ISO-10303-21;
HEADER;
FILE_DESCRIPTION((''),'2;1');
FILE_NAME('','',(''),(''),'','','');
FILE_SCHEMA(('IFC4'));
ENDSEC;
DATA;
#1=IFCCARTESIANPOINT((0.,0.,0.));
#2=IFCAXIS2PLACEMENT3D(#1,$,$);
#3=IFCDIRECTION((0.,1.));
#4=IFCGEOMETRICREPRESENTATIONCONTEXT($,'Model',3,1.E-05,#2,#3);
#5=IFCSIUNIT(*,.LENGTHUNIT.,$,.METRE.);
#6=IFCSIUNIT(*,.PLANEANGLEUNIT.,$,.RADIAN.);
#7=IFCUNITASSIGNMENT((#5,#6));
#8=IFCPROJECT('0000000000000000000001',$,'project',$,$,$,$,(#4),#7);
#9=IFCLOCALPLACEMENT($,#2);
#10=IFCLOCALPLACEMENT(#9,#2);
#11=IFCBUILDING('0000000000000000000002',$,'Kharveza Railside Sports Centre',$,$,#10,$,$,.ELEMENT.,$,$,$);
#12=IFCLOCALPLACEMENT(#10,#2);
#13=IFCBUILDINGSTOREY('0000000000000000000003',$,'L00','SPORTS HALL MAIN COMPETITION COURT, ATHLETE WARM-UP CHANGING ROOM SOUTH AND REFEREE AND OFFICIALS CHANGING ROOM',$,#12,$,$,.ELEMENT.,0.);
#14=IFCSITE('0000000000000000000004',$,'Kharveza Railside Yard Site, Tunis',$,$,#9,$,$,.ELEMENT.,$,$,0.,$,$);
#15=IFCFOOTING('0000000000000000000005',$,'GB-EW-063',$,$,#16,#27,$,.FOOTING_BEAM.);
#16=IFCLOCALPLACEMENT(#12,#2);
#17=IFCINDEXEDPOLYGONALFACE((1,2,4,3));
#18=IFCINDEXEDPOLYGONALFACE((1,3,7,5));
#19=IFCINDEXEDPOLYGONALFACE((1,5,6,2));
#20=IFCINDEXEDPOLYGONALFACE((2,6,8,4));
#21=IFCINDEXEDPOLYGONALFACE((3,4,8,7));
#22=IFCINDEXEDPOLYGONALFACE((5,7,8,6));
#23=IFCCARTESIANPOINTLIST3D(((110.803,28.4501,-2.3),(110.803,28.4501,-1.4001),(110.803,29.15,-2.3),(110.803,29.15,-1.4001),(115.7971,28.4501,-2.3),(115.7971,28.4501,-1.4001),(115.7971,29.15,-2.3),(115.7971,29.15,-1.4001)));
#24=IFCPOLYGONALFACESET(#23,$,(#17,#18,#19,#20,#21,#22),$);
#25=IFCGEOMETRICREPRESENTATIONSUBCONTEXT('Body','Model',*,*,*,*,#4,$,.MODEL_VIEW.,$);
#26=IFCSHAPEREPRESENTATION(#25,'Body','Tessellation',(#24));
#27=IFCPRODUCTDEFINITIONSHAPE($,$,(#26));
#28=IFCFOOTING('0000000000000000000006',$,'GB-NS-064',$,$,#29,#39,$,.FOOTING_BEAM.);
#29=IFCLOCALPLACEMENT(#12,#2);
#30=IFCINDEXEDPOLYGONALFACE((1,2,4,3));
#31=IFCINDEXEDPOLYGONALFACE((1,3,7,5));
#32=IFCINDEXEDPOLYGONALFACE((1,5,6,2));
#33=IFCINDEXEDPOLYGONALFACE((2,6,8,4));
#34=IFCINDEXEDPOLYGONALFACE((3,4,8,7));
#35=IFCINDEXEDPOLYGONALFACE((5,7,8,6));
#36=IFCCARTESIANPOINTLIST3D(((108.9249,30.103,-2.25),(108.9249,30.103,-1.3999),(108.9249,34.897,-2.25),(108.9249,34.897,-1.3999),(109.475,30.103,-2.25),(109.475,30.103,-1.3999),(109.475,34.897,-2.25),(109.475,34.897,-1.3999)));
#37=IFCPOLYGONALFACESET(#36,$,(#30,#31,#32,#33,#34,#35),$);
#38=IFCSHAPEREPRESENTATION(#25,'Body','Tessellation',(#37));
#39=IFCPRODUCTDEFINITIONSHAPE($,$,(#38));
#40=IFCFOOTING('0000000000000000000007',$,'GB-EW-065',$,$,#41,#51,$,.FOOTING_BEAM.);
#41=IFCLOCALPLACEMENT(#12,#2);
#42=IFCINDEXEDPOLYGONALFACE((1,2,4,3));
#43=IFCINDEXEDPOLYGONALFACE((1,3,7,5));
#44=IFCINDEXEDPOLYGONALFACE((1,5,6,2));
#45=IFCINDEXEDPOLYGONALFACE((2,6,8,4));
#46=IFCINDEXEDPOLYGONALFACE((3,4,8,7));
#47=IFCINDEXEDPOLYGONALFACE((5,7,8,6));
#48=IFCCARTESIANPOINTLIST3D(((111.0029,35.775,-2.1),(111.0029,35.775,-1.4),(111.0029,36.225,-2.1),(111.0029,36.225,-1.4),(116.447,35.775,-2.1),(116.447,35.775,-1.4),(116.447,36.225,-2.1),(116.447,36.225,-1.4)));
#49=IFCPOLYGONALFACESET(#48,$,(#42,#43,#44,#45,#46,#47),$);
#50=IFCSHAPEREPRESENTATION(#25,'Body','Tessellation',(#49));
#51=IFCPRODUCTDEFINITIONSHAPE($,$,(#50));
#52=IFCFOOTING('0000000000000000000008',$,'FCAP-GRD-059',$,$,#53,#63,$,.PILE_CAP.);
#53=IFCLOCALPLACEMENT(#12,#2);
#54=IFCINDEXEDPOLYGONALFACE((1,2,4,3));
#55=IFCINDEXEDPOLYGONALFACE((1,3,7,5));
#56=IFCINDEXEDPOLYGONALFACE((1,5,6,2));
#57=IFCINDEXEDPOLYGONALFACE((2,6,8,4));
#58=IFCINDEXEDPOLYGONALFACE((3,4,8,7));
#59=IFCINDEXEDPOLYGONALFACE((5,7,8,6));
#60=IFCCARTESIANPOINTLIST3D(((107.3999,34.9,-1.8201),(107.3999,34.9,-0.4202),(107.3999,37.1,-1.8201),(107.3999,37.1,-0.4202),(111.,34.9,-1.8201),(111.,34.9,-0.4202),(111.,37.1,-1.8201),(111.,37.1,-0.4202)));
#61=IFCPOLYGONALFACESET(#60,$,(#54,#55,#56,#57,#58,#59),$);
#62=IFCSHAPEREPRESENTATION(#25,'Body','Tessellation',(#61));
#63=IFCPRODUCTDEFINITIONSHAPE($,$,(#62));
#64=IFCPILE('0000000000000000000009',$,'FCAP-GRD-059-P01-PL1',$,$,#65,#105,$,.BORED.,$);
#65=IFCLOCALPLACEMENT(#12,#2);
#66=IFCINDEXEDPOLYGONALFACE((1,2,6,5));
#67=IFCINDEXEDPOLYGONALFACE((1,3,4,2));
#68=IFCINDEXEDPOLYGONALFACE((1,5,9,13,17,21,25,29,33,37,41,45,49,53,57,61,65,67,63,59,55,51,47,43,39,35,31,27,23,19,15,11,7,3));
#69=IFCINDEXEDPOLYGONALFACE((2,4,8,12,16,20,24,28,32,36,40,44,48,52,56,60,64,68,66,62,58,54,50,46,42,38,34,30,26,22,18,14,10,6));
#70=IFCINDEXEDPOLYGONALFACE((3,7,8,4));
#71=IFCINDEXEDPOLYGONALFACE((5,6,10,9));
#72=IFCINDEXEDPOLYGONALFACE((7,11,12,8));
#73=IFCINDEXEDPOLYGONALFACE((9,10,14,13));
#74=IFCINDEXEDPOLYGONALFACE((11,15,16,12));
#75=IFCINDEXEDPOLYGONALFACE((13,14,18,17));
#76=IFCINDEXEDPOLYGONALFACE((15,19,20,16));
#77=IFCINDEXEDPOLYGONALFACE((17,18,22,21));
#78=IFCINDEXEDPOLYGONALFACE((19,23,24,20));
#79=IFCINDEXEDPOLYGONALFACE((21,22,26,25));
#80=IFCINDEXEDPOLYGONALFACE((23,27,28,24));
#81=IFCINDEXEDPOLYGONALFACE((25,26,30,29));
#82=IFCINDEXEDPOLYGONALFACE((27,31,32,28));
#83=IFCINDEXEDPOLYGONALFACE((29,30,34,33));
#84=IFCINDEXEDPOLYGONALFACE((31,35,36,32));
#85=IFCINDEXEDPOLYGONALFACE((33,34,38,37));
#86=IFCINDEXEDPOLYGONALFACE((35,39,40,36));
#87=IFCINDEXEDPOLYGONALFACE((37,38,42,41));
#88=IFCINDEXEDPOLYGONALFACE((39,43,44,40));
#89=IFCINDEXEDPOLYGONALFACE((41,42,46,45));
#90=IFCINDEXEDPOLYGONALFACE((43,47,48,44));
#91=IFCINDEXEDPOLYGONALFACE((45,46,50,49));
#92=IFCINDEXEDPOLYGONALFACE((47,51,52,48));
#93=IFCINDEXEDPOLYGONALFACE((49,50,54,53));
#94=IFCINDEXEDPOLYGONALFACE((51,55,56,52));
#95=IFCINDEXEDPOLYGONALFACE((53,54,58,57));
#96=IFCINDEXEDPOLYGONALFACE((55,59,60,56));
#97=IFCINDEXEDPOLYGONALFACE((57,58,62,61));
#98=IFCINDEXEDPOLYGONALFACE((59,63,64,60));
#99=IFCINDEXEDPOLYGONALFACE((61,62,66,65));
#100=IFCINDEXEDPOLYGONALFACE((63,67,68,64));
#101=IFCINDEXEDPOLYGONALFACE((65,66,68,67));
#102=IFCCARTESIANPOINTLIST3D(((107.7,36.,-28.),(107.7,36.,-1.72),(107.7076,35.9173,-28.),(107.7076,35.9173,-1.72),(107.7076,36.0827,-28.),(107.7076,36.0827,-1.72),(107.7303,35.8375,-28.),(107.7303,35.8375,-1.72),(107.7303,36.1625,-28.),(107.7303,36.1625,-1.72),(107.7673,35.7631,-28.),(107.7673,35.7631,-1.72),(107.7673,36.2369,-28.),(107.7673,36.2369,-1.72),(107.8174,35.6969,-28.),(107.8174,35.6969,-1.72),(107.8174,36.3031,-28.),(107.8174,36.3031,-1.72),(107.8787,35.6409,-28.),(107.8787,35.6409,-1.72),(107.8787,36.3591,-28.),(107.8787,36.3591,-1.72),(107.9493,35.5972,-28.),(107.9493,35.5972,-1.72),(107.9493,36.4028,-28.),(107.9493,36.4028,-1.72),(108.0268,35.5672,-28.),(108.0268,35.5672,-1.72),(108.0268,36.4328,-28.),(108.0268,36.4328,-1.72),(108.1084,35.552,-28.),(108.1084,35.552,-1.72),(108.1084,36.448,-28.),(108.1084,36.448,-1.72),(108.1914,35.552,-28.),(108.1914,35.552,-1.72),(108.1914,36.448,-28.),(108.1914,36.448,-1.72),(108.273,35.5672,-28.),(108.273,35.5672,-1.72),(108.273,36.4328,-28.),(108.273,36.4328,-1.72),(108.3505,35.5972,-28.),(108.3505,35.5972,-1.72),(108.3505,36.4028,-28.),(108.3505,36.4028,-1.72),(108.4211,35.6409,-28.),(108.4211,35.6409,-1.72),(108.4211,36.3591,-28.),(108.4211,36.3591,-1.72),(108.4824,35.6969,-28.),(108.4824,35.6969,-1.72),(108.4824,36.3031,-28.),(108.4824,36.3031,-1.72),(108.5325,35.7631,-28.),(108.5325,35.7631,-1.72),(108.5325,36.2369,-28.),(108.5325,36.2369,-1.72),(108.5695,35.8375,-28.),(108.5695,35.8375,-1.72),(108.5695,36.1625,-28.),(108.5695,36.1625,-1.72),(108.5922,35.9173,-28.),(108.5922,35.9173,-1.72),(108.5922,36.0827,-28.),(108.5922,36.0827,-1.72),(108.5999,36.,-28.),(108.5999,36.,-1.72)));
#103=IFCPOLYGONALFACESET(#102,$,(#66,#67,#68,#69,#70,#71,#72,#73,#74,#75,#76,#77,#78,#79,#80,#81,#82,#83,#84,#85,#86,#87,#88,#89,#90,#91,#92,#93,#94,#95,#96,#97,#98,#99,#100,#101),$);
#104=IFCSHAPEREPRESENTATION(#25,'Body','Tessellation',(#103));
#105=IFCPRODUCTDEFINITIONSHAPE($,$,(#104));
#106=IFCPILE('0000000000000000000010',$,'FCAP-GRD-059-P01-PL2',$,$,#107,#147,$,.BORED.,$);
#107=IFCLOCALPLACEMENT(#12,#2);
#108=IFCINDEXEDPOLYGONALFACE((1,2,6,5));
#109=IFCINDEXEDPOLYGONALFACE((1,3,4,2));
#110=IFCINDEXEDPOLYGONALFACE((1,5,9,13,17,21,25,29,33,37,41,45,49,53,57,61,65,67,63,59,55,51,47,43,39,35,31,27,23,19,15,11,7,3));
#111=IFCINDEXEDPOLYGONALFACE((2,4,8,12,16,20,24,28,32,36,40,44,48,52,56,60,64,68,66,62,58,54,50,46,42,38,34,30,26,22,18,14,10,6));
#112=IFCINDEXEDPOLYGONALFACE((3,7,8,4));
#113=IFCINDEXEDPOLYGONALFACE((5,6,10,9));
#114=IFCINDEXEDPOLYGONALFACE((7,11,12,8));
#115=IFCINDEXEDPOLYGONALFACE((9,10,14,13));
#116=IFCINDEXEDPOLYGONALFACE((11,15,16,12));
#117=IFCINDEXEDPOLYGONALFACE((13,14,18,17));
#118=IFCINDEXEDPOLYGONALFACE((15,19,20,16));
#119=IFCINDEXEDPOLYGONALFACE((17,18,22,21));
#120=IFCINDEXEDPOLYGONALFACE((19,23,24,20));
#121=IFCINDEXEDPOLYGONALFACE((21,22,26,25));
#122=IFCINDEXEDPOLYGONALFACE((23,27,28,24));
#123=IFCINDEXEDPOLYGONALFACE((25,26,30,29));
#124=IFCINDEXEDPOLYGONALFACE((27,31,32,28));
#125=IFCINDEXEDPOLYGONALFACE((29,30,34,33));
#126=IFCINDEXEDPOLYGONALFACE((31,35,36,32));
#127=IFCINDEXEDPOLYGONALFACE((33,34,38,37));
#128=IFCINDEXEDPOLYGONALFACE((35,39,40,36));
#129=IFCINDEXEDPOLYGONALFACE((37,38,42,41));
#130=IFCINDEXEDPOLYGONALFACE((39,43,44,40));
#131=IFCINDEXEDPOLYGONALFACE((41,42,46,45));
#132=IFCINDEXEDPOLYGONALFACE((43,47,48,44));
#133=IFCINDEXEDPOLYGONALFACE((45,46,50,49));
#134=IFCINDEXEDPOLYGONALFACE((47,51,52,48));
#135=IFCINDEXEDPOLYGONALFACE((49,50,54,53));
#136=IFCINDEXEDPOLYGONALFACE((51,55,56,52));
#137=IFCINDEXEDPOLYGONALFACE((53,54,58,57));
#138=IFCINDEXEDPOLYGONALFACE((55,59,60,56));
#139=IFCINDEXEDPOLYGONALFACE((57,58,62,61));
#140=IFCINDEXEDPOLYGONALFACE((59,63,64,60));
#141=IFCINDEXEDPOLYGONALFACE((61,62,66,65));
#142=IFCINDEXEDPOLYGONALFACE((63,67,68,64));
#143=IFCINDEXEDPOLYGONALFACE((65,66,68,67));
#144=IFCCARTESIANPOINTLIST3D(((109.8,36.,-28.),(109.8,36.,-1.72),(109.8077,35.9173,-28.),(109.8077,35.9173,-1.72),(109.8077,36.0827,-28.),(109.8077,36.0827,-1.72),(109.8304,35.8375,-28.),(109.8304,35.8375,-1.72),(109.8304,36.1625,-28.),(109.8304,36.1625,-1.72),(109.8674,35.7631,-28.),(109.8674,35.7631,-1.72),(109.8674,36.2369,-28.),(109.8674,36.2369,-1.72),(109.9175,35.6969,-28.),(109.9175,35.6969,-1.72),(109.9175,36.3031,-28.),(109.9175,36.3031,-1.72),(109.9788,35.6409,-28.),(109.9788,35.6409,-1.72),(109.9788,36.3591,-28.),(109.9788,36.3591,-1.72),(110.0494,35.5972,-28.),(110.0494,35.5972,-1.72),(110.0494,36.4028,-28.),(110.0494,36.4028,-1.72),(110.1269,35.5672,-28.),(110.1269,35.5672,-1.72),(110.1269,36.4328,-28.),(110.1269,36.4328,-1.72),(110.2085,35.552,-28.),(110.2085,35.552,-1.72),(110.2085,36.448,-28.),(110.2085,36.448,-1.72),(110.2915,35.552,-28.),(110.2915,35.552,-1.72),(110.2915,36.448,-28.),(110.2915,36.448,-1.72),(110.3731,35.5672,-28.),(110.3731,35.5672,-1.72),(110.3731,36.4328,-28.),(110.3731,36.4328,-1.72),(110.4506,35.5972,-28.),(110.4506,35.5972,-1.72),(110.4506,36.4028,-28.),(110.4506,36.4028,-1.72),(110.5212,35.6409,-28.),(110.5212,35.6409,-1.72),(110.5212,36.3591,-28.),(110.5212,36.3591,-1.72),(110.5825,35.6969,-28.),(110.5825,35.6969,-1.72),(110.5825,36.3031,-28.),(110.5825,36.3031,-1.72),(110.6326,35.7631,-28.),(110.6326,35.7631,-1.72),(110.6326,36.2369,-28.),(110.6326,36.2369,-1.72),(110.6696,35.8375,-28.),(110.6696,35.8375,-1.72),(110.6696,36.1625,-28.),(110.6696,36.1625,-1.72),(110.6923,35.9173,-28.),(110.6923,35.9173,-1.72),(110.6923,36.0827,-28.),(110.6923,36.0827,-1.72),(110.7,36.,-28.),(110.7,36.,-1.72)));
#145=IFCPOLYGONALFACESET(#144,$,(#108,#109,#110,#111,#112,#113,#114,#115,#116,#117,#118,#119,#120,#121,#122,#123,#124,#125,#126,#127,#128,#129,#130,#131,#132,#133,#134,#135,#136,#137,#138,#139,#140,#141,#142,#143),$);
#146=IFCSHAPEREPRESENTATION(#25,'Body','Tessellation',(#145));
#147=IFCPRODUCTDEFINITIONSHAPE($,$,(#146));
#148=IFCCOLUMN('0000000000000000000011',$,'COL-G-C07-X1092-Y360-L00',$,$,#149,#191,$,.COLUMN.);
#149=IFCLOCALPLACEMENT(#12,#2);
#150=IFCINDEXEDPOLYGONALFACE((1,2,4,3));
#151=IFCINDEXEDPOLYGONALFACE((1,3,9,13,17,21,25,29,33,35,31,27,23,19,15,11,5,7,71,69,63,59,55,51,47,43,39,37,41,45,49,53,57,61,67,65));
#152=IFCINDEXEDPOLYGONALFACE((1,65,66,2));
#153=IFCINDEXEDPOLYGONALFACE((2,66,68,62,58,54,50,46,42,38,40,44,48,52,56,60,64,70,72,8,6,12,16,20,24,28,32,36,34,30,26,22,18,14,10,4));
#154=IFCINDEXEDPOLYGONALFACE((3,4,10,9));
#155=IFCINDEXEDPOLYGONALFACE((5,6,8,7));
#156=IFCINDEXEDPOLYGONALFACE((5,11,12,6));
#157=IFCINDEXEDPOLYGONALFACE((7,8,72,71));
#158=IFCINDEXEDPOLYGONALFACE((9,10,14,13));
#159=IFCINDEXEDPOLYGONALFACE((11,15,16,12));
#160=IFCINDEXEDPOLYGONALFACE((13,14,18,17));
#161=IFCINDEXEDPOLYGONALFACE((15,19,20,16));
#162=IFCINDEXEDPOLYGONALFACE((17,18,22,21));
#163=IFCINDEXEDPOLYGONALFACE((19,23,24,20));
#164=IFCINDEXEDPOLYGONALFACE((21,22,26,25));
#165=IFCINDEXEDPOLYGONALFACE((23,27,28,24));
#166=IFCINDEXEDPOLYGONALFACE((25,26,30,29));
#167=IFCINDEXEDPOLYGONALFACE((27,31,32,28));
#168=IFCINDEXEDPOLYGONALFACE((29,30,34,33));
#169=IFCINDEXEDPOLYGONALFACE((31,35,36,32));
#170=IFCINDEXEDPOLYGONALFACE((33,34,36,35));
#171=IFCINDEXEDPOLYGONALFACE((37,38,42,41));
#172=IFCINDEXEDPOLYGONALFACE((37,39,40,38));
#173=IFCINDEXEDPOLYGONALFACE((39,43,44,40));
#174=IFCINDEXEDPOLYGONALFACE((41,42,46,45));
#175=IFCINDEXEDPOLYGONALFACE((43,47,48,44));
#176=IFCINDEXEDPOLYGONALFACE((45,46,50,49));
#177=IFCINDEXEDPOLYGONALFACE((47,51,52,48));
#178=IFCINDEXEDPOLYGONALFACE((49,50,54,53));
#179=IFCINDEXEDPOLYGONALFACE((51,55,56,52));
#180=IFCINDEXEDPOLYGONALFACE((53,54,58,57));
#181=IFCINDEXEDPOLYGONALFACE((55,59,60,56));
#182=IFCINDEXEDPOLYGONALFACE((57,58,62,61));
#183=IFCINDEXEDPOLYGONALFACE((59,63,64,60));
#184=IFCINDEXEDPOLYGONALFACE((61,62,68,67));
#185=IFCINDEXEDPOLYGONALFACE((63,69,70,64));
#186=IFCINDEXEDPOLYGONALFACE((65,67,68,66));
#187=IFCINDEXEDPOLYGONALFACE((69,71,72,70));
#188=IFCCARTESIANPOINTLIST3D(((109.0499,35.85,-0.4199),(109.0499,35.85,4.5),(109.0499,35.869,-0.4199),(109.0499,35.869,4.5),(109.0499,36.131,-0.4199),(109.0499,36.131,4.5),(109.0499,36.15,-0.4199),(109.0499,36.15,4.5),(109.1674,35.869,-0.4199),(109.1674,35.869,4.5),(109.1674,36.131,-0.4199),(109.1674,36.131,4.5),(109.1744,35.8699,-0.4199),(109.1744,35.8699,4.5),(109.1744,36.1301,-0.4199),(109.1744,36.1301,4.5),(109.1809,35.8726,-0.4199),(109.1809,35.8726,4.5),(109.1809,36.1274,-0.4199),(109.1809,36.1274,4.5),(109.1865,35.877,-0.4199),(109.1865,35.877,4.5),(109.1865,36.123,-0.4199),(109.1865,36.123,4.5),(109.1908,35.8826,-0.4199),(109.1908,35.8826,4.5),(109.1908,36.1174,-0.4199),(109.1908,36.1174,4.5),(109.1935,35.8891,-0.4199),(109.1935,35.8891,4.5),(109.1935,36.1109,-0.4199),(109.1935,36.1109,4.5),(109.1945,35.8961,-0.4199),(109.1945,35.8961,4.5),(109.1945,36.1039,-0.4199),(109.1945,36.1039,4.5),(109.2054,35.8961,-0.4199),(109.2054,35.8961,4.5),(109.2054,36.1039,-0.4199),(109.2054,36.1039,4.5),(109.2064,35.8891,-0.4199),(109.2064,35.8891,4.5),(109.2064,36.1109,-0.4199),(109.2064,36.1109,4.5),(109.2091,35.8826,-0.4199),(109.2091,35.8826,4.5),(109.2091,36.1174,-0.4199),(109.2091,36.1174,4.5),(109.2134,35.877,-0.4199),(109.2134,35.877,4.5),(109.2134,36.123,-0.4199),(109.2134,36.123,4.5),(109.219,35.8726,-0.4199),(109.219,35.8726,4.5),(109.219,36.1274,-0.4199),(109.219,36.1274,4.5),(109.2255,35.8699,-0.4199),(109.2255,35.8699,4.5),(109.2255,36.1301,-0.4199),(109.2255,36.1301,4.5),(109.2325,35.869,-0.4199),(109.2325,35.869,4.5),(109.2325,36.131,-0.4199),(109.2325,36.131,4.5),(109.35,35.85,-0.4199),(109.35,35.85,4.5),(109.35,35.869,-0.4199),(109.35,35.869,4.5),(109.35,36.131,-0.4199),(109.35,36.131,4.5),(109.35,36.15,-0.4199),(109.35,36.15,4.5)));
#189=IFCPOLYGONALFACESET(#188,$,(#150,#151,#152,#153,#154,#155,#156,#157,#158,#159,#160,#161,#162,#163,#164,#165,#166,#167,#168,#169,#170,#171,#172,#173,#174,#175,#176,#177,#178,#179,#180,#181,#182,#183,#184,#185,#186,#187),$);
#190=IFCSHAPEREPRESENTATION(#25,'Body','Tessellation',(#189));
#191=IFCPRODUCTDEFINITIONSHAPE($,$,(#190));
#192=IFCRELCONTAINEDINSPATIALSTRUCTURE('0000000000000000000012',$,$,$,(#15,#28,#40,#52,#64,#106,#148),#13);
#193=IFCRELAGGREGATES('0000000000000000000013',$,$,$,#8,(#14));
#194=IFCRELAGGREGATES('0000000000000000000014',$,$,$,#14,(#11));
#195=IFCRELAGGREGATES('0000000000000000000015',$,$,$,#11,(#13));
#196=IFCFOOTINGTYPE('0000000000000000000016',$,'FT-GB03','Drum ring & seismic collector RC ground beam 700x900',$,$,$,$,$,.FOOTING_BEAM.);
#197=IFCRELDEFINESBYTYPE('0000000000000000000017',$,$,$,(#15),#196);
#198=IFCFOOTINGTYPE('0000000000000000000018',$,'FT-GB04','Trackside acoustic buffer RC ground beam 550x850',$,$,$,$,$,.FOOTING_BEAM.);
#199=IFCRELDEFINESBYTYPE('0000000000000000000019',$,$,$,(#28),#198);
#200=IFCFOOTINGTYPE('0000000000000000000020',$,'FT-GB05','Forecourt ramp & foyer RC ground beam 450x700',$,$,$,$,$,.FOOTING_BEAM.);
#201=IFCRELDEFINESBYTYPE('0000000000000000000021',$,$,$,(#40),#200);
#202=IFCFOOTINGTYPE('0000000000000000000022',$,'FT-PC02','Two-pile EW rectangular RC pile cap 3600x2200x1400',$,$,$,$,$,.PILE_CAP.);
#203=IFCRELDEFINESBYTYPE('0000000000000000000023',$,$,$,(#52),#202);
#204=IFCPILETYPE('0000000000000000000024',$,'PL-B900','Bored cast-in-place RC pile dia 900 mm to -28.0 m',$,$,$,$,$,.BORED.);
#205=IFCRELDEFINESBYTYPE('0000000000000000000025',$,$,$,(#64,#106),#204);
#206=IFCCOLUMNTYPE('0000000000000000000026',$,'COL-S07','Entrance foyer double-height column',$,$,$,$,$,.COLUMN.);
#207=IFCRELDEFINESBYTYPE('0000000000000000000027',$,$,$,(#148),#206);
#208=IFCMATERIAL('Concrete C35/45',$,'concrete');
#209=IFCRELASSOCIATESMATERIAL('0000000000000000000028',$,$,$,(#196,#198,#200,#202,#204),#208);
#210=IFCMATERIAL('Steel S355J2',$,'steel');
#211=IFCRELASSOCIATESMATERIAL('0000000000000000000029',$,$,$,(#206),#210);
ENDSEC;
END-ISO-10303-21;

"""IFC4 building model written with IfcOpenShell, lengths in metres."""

from ifc_helpers import new_model, si_unit, direction, frame, origin, origin_2d, place, context, subcontext, project, spatial, rectangle, circle, i_section, extrude, material, material_profile, profile_set, type_object, element, save


model = new_model("IFC4")

# Units and contexts
model_context = context("Model", 3, precision=1e-05, world=origin(), true_north=direction((0.0, 1.0)))
body_context = subcontext(model_context, "Body", "Model", "MODEL_VIEW")
ifc_project = project(units=[si_unit("LENGTHUNIT", "METRE"), si_unit("PLANEANGLEUNIT", "RADIAN")], contexts=[model_context])

# Site, building, storey
site_placement = place(None, origin())
site = spatial("IfcSite", under=ifc_project, at=site_placement, Name="Kharveza Railside Yard Site, Tunis", CompositionType="ELEMENT", RefElevation=0.0)
building_placement = place(site_placement, origin())
building = spatial("IfcBuilding", under=site, at=building_placement, Name="Kharveza Railside Sports Centre", CompositionType="ELEMENT")
storey_placement = place(building_placement, origin())
storey = spatial("IfcBuildingStorey", under=building, at=storey_placement, Name="L00", Description="SPORTS HALL MAIN COMPETITION COURT, ATHLETE WARM-UP CHANGING ROOM SOUTH AND REFEREE AND OFFICIALS CHANGING ROOM", CompositionType="ELEMENT", Elevation=0.0)

# Footings
ifc_material_1 = material(Name="Concrete C35/45", Category="concrete")
ifc_material_profile_1 = material_profile(ifc_material_1, rectangle(XDim=0.7, YDim=0.8999, at=origin_2d()), Name="GB 700x900")
ifc_profile_set_1 = profile_set([ifc_material_profile_1], Name="Concrete C35/45")
footing_type_1 = type_object("IfcFootingType", Name="FT-GB03", Description="Drum ring & seismic collector RC ground beam 700x900", PredefinedType="FOOTING_BEAM", material=ifc_profile_set_1)
footing_1_placement = place(storey_placement, frame((110.803, 28.8, -1.8501), z_axis=(1.0, 0.0, 0.0), x_axis=(0.0, 1.0, 0.0)))
element("IfcFooting", 1, at=footing_1_placement, inside=storey, type_object=footing_type_1, Name="GB-EW-063", PredefinedType="FOOTING_BEAM", context=body_context, shape_type="SweptSolid", body=[
    extrude(rectangle(XDim=0.7, YDim=0.8999, at=origin_2d()), origin(), (0.0, 0.0, 1.0), 4.9941),
])
ifc_material_profile_2 = material_profile(ifc_material_1, rectangle(XDim=0.55, YDim=0.8501, at=origin_2d()), Name="GB 550x850")
ifc_profile_set_2 = profile_set([ifc_material_profile_2], Name="Concrete C35/45")
footing_type_2 = type_object("IfcFootingType", Name="FT-GB04", Description="Trackside acoustic buffer RC ground beam 550x850", PredefinedType="FOOTING_BEAM", material=ifc_profile_set_2)
footing_2_placement = place(storey_placement, frame((109.2, 30.103, -1.825), z_axis=(0.0, 1.0, 0.0), x_axis=(-1.0, 0.0, 0.0)))
element("IfcFooting", 2, at=footing_2_placement, inside=storey, type_object=footing_type_2, Name="GB-NS-064", PredefinedType="FOOTING_BEAM", context=body_context, shape_type="SweptSolid", body=[
    extrude(rectangle(XDim=0.55, YDim=0.8501, at=origin_2d()), origin(), (0.0, 0.0, 1.0), 4.7939),
])
ifc_material_profile_3 = material_profile(ifc_material_1, rectangle(XDim=0.45, YDim=0.7, at=origin_2d()), Name="GB 450x700")
ifc_profile_set_3 = profile_set([ifc_material_profile_3], Name="Concrete C35/45")
footing_type_3 = type_object("IfcFootingType", Name="FT-GB05", Description="Forecourt ramp & foyer RC ground beam 450x700", PredefinedType="FOOTING_BEAM", material=ifc_profile_set_3)
footing_3_placement = place(storey_placement, frame((111.0029, 36.0, -1.75), z_axis=(1.0, 0.0, 0.0), x_axis=(0.0, 1.0, 0.0)))
element("IfcFooting", 3, at=footing_3_placement, inside=storey, type_object=footing_type_3, Name="GB-EW-065", PredefinedType="FOOTING_BEAM", context=body_context, shape_type="SweptSolid", body=[
    extrude(rectangle(XDim=0.45, YDim=0.7, at=origin_2d()), origin(), (0.0, 0.0, 1.0), 5.4441),
])
footing_type_4 = type_object("IfcFootingType", Name="FT-PC02", Description="Two-pile EW rectangular RC pile cap 3600x2200x1400", PredefinedType="PILE_CAP", material=ifc_material_1)
footing_4_placement = place(storey_placement, frame((109.2, 36.0, -1.8201), z_axis=(0.0, 0.0, 1.0), x_axis=(1.0, 0.0, 0.0)))
element("IfcFooting", 4, at=footing_4_placement, inside=storey, type_object=footing_type_4, Name="FCAP-GRD-059", PredefinedType="PILE_CAP", context=body_context, shape_type="SweptSolid", body=[
    extrude(rectangle(XDim=3.6001, YDim=2.2, at=origin_2d()), origin(), (0.0, 0.0, 1.0), 1.3999),
])

# Piles
ifc_material_profile_4 = material_profile(ifc_material_1, circle(Radius=0.45, at=origin_2d()), Name="PILE D900")
ifc_profile_set_4 = profile_set([ifc_material_profile_4], Name="Concrete C35/45")
pile_type = type_object("IfcPileType", Name="PL-B900", Description="Bored cast-in-place RC pile dia 900 mm to -28.0 m", PredefinedType="BORED", material=ifc_profile_set_4)
for number, where, z_axis, x_axis, name in (
    (5, (108.1499, 36.0, -1.72), (0.0, 0.0, -1.0), (1.0, 0.0, 0.0), "FCAP-GRD-059-P01-PL1"),
    (6, (110.25, 36.0, -1.72), (0.0, 0.0, -1.0), (1.0, 0.0, 0.0), "FCAP-GRD-059-P01-PL2"),
):
    element("IfcPile", number, at=place(storey_placement, frame(where, z_axis=z_axis, x_axis=x_axis)), inside=storey, type_object=pile_type, Name=name, PredefinedType="BORED", context=body_context, shape_type="SweptSolid", body=[
        extrude(circle(Radius=0.45, at=origin_2d()), origin(), (0.0, 0.0, 1.0), 26.28),
    ])

# Column
ifc_material_2 = material(Name="Steel S355J2", Category="steel")
ifc_material_profile_5 = material_profile(ifc_material_2, i_section(OverallWidth=0.3, OverallDepth=0.3, WebThickness=0.011, FlangeThickness=0.019, FilletRadius=0.0271, at=origin_2d()), Name="HEB 300")
ifc_profile_set_5 = profile_set([ifc_material_profile_5], Name="Steel S355J2")
column_type = type_object("IfcColumnType", Name="COL-S07", Description="Entrance foyer double-height column", PredefinedType="COLUMN", material=ifc_profile_set_5)
column_placement = place(storey_placement, frame((109.2, 36.0, -0.4199), z_axis=(0.0, 0.0, 1.0), x_axis=(1.0, 0.0, 0.0)))
element("IfcColumn", 7, at=column_placement, inside=storey, type_object=column_type, Name="COL-G-C07-X1092-Y360-L00", PredefinedType="COLUMN", context=body_context, shape_type="SweptSolid", body=[
    extrude(i_section(OverallWidth=0.3, OverallDepth=0.3, WebThickness=0.011, FlangeThickness=0.019, FilletRadius=0.0271, at=origin_2d()), origin(), (0.0, 0.0, 1.0), 4.9199),
])

save(model, "model.ifc")
